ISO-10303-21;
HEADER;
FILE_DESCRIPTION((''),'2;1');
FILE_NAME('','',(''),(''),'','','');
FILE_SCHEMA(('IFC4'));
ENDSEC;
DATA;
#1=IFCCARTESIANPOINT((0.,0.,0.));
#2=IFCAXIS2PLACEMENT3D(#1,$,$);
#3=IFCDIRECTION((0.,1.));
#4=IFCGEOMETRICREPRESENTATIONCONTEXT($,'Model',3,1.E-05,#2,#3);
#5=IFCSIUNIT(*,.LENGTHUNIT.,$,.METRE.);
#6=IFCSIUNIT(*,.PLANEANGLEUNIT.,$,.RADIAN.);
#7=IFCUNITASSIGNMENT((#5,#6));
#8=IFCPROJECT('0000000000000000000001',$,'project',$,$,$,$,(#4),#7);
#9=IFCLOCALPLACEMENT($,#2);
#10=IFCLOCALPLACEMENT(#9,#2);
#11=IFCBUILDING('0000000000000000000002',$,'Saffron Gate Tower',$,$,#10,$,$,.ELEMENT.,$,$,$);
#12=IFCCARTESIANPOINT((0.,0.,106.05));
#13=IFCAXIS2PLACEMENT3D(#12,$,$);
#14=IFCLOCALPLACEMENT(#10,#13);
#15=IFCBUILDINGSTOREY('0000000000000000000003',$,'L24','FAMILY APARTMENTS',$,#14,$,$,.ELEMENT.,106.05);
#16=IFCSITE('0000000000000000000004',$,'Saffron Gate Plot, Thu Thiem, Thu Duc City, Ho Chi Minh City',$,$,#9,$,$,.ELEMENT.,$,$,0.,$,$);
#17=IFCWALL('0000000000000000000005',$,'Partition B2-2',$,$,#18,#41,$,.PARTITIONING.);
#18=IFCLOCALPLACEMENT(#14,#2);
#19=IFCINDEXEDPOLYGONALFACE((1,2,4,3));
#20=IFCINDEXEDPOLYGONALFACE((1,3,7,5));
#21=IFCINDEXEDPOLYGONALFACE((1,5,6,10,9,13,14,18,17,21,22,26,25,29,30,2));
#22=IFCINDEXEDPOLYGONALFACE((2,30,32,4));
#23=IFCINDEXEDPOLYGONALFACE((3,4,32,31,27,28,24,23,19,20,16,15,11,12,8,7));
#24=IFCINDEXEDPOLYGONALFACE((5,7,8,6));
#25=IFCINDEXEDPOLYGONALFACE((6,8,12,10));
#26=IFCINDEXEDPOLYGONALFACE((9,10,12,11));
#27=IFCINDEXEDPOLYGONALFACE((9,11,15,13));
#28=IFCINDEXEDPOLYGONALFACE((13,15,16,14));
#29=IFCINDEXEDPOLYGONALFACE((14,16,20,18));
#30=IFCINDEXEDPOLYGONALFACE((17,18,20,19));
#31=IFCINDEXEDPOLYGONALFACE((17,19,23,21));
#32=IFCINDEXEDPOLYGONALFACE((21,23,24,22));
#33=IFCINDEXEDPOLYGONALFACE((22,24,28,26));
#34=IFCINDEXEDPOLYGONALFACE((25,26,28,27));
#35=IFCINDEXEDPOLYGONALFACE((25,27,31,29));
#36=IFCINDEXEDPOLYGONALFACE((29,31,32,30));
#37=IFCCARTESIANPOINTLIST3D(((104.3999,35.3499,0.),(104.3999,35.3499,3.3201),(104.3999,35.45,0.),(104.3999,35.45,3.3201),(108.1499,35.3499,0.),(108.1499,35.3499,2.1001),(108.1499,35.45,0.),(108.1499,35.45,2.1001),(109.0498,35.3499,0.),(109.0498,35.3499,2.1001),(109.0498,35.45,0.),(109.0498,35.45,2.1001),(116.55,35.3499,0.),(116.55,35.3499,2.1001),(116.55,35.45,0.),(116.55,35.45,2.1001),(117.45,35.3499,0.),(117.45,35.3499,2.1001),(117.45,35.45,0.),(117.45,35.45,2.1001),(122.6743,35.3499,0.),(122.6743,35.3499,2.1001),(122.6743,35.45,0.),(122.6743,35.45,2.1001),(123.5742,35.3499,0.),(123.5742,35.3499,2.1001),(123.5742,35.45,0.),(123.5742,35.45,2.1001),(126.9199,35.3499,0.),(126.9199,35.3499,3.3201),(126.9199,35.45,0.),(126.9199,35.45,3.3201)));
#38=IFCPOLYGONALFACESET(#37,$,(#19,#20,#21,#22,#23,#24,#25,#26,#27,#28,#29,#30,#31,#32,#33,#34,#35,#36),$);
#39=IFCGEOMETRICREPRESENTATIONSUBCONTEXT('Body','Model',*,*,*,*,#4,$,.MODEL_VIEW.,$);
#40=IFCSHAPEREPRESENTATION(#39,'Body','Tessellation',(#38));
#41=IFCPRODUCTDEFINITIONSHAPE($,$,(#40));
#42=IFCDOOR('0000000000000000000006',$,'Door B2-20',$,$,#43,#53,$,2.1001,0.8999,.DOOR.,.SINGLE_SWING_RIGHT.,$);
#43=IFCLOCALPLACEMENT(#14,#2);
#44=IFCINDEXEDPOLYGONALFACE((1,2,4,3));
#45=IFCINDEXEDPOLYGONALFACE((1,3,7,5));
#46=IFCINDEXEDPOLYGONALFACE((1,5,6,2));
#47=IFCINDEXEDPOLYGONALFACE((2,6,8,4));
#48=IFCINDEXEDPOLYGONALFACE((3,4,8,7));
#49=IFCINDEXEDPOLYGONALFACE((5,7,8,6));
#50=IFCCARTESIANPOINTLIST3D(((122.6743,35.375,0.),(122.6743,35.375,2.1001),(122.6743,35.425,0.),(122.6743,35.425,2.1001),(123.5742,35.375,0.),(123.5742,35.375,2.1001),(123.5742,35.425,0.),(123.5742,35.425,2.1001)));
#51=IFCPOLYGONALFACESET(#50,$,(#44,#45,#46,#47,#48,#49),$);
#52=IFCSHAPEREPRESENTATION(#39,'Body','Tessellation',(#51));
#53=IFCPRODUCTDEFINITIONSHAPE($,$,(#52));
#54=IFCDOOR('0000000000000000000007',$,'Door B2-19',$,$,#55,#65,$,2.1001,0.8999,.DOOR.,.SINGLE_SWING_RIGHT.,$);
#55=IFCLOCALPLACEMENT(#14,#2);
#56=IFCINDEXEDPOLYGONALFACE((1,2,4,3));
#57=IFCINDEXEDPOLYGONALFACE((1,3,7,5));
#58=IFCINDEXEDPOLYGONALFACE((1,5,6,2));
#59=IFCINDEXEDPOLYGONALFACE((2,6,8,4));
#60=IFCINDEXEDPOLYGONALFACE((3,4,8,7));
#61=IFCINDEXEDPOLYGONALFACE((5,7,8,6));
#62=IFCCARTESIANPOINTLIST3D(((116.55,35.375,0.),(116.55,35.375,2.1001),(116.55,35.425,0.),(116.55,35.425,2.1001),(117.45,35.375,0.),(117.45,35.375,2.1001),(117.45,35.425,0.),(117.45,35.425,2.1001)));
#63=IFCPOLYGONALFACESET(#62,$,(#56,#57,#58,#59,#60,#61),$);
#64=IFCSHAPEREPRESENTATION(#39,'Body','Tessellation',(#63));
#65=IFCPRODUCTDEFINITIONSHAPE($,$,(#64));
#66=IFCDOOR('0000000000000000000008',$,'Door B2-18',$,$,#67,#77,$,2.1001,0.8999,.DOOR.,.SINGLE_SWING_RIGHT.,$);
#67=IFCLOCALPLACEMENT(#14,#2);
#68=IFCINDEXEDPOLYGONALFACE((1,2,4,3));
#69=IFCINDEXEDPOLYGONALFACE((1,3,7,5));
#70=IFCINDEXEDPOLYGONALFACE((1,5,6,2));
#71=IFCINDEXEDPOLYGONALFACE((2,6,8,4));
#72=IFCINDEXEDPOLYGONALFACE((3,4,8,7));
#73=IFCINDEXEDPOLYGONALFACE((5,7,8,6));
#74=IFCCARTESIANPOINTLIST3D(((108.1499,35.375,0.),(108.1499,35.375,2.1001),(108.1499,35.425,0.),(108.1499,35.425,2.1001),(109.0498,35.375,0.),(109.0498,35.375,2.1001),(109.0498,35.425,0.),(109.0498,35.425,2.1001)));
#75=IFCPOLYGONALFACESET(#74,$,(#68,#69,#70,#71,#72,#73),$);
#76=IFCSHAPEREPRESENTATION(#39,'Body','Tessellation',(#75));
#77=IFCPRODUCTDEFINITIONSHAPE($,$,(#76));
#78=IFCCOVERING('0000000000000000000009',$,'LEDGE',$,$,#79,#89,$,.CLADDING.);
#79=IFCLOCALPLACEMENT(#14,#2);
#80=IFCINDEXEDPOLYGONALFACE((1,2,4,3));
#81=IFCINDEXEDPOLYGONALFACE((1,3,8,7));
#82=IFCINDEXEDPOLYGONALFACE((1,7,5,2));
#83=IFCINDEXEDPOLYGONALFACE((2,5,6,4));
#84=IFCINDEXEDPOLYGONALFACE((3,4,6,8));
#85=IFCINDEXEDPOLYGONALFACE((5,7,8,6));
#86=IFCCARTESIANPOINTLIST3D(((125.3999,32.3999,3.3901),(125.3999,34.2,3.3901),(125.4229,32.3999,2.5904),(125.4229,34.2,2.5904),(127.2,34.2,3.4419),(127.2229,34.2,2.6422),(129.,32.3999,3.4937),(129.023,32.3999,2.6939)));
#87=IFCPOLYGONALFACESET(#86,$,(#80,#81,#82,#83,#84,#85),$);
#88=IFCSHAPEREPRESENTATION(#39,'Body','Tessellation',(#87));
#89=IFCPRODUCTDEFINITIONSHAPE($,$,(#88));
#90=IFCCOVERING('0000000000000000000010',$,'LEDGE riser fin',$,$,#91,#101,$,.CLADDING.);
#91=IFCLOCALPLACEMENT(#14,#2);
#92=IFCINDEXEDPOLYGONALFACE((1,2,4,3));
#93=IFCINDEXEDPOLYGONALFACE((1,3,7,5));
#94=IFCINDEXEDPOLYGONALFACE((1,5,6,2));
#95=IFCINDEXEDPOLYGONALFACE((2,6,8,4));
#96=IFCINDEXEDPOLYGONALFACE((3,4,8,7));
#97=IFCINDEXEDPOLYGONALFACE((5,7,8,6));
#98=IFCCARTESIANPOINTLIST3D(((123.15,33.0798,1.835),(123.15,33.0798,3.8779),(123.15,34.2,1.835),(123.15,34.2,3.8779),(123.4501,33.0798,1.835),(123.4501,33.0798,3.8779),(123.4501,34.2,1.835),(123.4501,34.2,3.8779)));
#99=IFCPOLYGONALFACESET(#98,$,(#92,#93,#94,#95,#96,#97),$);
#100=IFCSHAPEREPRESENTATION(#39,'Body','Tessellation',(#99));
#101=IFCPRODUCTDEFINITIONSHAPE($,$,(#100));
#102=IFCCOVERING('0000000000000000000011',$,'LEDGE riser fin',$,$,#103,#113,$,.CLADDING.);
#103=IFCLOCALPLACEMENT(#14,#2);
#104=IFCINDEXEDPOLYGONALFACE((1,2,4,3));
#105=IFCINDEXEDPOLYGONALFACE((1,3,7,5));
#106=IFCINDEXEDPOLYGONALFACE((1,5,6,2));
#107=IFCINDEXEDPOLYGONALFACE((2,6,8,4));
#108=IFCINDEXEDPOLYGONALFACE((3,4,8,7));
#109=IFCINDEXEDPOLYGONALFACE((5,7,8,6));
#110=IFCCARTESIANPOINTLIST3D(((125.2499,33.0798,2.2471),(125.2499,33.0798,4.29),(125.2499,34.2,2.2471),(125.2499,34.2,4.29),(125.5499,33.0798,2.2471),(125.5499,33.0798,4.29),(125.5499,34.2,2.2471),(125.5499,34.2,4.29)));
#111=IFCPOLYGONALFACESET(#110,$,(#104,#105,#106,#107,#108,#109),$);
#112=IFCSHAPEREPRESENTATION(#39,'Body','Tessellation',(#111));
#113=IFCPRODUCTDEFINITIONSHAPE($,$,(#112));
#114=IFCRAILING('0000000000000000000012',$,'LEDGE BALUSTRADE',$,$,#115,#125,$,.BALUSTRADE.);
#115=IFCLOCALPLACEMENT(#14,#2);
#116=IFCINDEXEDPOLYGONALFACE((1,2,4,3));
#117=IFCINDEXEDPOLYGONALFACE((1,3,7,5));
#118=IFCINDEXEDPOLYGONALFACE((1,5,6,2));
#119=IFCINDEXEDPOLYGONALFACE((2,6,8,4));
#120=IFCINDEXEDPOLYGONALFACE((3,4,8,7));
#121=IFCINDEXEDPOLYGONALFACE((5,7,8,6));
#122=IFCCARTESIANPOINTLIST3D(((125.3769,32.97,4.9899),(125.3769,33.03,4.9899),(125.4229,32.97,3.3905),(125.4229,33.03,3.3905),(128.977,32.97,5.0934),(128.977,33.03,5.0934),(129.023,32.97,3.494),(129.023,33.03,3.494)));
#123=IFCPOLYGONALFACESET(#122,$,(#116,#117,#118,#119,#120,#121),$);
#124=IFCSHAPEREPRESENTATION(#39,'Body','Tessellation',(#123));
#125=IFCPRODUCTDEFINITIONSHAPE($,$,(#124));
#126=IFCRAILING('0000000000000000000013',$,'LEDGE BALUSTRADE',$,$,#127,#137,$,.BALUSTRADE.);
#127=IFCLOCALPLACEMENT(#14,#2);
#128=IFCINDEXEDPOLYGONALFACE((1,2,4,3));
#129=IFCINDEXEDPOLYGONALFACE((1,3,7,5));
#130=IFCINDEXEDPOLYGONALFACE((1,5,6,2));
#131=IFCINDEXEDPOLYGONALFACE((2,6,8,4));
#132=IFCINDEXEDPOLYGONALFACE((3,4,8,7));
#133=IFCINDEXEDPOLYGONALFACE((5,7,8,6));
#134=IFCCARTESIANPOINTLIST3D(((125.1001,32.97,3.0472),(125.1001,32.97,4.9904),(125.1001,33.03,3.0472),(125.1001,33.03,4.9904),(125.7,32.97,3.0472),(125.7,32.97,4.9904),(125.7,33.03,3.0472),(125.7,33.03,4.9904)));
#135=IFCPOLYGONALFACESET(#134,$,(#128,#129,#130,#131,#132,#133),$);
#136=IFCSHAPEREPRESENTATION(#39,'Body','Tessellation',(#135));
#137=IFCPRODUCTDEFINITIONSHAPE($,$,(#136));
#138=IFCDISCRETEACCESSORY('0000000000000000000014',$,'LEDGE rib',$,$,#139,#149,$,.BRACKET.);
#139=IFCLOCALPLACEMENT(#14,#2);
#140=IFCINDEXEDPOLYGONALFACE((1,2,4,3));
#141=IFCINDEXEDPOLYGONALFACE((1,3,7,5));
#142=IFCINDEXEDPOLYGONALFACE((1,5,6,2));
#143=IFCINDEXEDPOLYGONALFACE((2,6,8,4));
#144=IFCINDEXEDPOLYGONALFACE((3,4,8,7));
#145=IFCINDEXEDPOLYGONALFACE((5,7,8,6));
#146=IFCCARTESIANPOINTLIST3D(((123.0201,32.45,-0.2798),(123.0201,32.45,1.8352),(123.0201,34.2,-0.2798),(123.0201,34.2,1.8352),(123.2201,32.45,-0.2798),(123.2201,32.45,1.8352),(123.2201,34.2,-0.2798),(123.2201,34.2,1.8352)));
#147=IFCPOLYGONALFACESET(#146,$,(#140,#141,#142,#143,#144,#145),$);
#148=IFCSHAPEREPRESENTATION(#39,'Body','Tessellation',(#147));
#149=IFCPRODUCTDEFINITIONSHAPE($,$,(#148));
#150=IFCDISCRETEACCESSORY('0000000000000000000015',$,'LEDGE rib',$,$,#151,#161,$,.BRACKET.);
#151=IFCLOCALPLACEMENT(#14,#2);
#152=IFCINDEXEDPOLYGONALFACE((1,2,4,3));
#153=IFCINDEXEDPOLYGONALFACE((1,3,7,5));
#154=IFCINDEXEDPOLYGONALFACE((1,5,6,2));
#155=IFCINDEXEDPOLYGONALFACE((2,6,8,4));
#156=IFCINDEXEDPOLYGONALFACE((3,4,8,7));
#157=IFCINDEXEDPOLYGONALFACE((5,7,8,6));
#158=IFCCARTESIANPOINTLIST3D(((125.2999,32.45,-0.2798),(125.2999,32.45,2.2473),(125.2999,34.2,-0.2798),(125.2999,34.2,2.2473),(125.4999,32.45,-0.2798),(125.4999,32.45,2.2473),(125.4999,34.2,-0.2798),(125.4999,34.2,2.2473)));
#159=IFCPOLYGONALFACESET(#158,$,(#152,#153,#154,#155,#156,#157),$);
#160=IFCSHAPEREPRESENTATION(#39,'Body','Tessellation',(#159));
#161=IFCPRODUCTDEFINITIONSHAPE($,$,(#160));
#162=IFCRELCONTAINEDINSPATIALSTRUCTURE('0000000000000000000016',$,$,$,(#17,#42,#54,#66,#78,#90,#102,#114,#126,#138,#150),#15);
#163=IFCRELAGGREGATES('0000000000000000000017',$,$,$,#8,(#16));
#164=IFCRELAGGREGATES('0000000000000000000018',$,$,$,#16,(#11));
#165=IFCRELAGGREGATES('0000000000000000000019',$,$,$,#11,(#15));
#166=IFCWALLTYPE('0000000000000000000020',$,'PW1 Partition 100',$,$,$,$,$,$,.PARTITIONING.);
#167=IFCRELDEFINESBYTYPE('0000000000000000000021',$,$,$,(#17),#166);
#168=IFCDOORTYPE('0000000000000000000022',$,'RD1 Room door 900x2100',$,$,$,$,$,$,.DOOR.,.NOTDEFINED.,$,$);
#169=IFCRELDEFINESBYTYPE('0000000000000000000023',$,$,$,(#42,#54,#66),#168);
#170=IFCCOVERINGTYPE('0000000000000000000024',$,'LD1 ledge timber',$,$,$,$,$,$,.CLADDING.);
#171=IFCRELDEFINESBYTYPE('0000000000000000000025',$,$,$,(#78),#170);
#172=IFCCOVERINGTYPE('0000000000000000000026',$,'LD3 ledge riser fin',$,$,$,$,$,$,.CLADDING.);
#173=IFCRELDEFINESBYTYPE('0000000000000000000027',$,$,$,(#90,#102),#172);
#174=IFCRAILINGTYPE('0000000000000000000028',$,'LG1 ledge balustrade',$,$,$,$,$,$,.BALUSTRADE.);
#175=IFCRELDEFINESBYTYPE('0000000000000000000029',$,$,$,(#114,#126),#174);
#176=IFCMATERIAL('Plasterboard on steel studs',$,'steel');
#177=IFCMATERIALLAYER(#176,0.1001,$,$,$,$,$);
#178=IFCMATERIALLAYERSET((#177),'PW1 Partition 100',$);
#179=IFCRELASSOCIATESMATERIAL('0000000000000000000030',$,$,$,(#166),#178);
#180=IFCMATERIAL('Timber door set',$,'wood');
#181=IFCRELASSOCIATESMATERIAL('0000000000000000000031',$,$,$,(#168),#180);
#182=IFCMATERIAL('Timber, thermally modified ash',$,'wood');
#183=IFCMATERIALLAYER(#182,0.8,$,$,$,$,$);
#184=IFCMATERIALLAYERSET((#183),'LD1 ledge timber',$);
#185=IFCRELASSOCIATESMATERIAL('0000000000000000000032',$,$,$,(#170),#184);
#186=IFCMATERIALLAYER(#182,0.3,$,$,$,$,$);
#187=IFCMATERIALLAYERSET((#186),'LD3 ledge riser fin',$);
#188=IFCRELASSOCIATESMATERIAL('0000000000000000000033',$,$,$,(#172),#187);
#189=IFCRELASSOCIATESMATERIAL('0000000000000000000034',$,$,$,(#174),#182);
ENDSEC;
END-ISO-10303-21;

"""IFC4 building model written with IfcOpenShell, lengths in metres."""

from ifc_helpers import new_model, si_unit, direction, frame, frame_2d, origin, origin_2d, place, context, subcontext, project, spatial, polyline, rectangle, outline, extrude, material, layer, layer_set, type_object, element, fill, save


model = new_model("IFC4")

# Units and contexts
model_context = context("Model", 3, precision=1e-05, world=origin(), true_north=direction((0.0, 1.0)))
body_context = subcontext(model_context, "Body", "Model", "MODEL_VIEW")
ifc_project = project(units=[si_unit("LENGTHUNIT", "METRE"), si_unit("PLANEANGLEUNIT", "RADIAN")], contexts=[model_context])

# Site, building, storey
site_placement = place(None, origin())
site = spatial("IfcSite", under=ifc_project, at=site_placement, Name="Saffron Gate Plot, Thu Thiem, Thu Duc City, Ho Chi Minh City", CompositionType="ELEMENT", RefElevation=0.0)
building_placement = place(site_placement, origin())
building = spatial("IfcBuilding", under=site, at=building_placement, Name="Saffron Gate Tower", CompositionType="ELEMENT")
storey_placement = place(building_placement, frame((0.0, 0.0, 106.05)))
storey = spatial("IfcBuildingStorey", under=building, at=storey_placement, Name="L24", Description="FAMILY APARTMENTS", CompositionType="ELEMENT", Elevation=106.05)

# Wall, openings, doors
ifc_material_1 = material(Name="Plasterboard on steel studs", Category="steel")
ifc_layer_1 = layer(ifc_material_1, 0.1001)
ifc_layer_set_1 = layer_set([ifc_layer_1], Name="PW1 Partition 100")
wall_type = type_object("IfcWallType", Name="PW1 Partition 100", PredefinedType="PARTITIONING", material=ifc_layer_set_1)
wall_placement = place(storey_placement, frame((126.9199, 35.3999, 0.0), z_axis=(0.0, 0.0, 1.0), x_axis=(-1.0, 0.0, 0.0)))
wall = element("IfcWall", 1, at=wall_placement, inside=storey, type_object=wall_type, Name="Partition B2-2", PredefinedType="PARTITIONING", context=body_context, shape_type="SweptSolid", body=[
    extrude(rectangle(XDim=22.52, YDim=0.1001, at=frame_2d((11.26, 0.0))), origin(), (0.0, 0.0, 1.0), 3.3201),
])
opening_1_placement = place(wall_placement, frame((3.3457, 0.0, 0.0)))
opening_1 = element("IfcOpeningElement", 2, at=opening_1_placement, cuts=wall, PredefinedType="OPENING", context=body_context, shape_type="SweptSolid", body=[
    extrude(rectangle(XDim=0.8999, YDim=2.1001, at=frame_2d((0.45, 1.05))), frame((0.0, 0.0601, 0.0), z_axis=(0.0, -1.0, 0.0), x_axis=(1.0, 0.0, 0.0)), (0.0, 0.0, 1.0), 0.1201),
])
opening_2_placement = place(wall_placement, frame((9.47, 0.0, 0.0)))
opening_2 = element("IfcOpeningElement", 3, at=opening_2_placement, cuts=wall, PredefinedType="OPENING", context=body_context, shape_type="SweptSolid", body=[
    extrude(rectangle(XDim=0.8999, YDim=2.1001, at=frame_2d((0.45, 1.05))), frame((0.0, 0.0601, 0.0), z_axis=(0.0, -1.0, 0.0), x_axis=(1.0, 0.0, 0.0)), (0.0, 0.0, 1.0), 0.1201),
])
opening_3_placement = place(wall_placement, frame((17.8701, 0.0, 0.0)))
opening_3 = element("IfcOpeningElement", 4, at=opening_3_placement, cuts=wall, PredefinedType="OPENING", context=body_context, shape_type="SweptSolid", body=[
    extrude(rectangle(XDim=0.8999, YDim=2.1001, at=frame_2d((0.45, 1.05))), frame((0.0, 0.0601, 0.0), z_axis=(0.0, -1.0, 0.0), x_axis=(1.0, 0.0, 0.0)), (0.0, 0.0, 1.0), 0.1201),
])
ifc_material_2 = material(Name="Timber door set", Category="wood")
door_type = type_object("IfcDoorType", Name="RD1 Room door 900x2100", OperationType="NOTDEFINED", PredefinedType="DOOR", material=ifc_material_2)
door_1_placement = place(opening_1_placement, origin())
door_1 = element("IfcDoor", 5, at=door_1_placement, inside=storey, type_object=door_type, Name="Door B2-20", OperationType="SINGLE_SWING_RIGHT", OverallHeight=2.1001, OverallWidth=0.8999, PredefinedType="DOOR", context=body_context, shape_type="SweptSolid", body=[
    extrude(rectangle(XDim=0.8999, YDim=2.1001, at=frame_2d((0.45, 1.05))), frame((0.0, 0.0249, 0.0), z_axis=(0.0, -1.0, 0.0), x_axis=(1.0, 0.0, 0.0)), (0.0, 0.0, 1.0), 0.05),
])
fill(opening_1, door_1)
door_2_placement = place(opening_2_placement, origin())
door_2 = element("IfcDoor", 6, at=door_2_placement, inside=storey, type_object=door_type, Name="Door B2-19", OperationType="SINGLE_SWING_RIGHT", OverallHeight=2.1001, OverallWidth=0.8999, PredefinedType="DOOR", context=body_context, shape_type="SweptSolid", body=[
    extrude(rectangle(XDim=0.8999, YDim=2.1001, at=frame_2d((0.45, 1.05))), frame((0.0, 0.0249, 0.0), z_axis=(0.0, -1.0, 0.0), x_axis=(1.0, 0.0, 0.0)), (0.0, 0.0, 1.0), 0.05),
])
fill(opening_2, door_2)
door_3_placement = place(opening_3_placement, origin())
door_3 = element("IfcDoor", 7, at=door_3_placement, inside=storey, type_object=door_type, Name="Door B2-18", OperationType="SINGLE_SWING_RIGHT", OverallHeight=2.1001, OverallWidth=0.8999, PredefinedType="DOOR", context=body_context, shape_type="SweptSolid", body=[
    extrude(rectangle(XDim=0.8999, YDim=2.1001, at=frame_2d((0.45, 1.05))), frame((0.0, 0.0249, 0.0), z_axis=(0.0, -1.0, 0.0), x_axis=(1.0, 0.0, 0.0)), (0.0, 0.0, 1.0), 0.05),
])
fill(opening_3, door_3)

# Coverings
ifc_material_3 = material(Name="Timber, thermally modified ash", Category="wood")
ifc_layer_2 = layer(ifc_material_3, 0.8)
ifc_layer_set_2 = layer_set([ifc_layer_2], Name="LD1 ledge timber")
covering_type_1 = type_object("IfcCoveringType", Name="LD1 ledge timber", PredefinedType="CLADDING", material=ifc_layer_set_2)
covering_placement = place(storey_placement, frame((125.3999, 34.2, 3.3901), z_axis=(-0.028742, 0.0, 0.999587), x_axis=(0.999587, 0.0, 0.028742)))
element("IfcCovering", 8, at=covering_placement, inside=storey, type_object=covering_type_1, Name="LEDGE", PredefinedType="CLADDING", context=body_context, shape_type="SweptSolid", body=[
    extrude(outline(polyline([(0.0, 0.0), (1.8008, 0.0), (3.6016, -1.8), (0.0, -1.8), (0.0, 0.0)])), origin(), (0.0, 0.0, -1.0), 0.8),
])
ifc_layer_3 = layer(ifc_material_3, 0.3)
ifc_layer_set_3 = layer_set([ifc_layer_3], Name="LD3 ledge riser fin")
covering_type_2 = type_object("IfcCoveringType", Name="LD3 ledge riser fin", PredefinedType="CLADDING", material=ifc_layer_set_3)
for number, where, z_axis, x_axis, name in (
    (9, (123.3, 33.6399, 1.835), (0.0, 0.0, 1.0), (1.0, 0.0, 0.0), "LEDGE riser fin"),
    (10, (125.3999, 33.6399, 2.2471), (0.0, 0.0, 1.0), (1.0, 0.0, 0.0), "LEDGE riser fin"),
):
    element("IfcCovering", number, at=place(storey_placement, frame(where, z_axis=z_axis, x_axis=x_axis)), inside=storey, type_object=covering_type_2, Name=name, PredefinedType="CLADDING", context=body_context, shape_type="SweptSolid", body=[
        extrude(rectangle(XDim=0.3, YDim=1.1201, at=origin_2d()), origin(), (0.0, 0.0, 1.0), 2.043),
    ])

# Railings
railing_type = type_object("IfcRailingType", Name="LG1 ledge balustrade", PredefinedType="BALUSTRADE", material=ifc_material_3)
railing_1_placement = place(storey_placement, frame((125.3999, 33.0, 3.3901)))
element("IfcRailing", 11, at=railing_1_placement, inside=storey, type_object=railing_type, Name="LEDGE BALUSTRADE", PredefinedType="BALUSTRADE", context=body_context, shape_type="SweptSolid", body=[
    extrude(rectangle(XDim=0.0601, YDim=1.6001, at=origin_2d()), frame((0.0, 0.0, 0.8), z_axis=(0.999587, 0.0, 0.028742), x_axis=(0.0, 1.0, 0.0)), (0.0, 0.0, 1.0), 3.6016),
])
railing_2_placement = place(storey_placement, frame((125.1001, 33.0, 3.0471)))
element("IfcRailing", 12, at=railing_2_placement, inside=storey, type_object=railing_type, Name="LEDGE BALUSTRADE", PredefinedType="BALUSTRADE", context=body_context, shape_type="SweptSolid", body=[
    extrude(rectangle(XDim=0.0601, YDim=1.9431, at=origin_2d()), frame((0.0, 0.0, 0.9717), z_axis=(1.0, 0.0, 0.0), x_axis=(0.0, 1.0, 0.0)), (0.0, 0.0, 1.0), 0.5999),
])

# Discrete accessories
discrete_accessory_1_placement = place(storey_placement, frame((123.1201, 33.325, -0.2798), z_axis=(0.0, 0.0, 1.0), x_axis=(1.0, 0.0, 0.0)))
element("IfcDiscreteAccessory", 13, at=discrete_accessory_1_placement, inside=storey, Name="LEDGE rib", PredefinedType="BRACKET", context=body_context, shape_type="SweptSolid", body=[
    extrude(rectangle(XDim=0.2, YDim=1.75, at=origin_2d()), origin(), (0.0, 0.0, 1.0), 2.115),
])
discrete_accessory_2_placement = place(storey_placement, frame((125.3999, 33.325, -0.2798), z_axis=(0.0, 0.0, 1.0), x_axis=(1.0, 0.0, 0.0)))
element("IfcDiscreteAccessory", 14, at=discrete_accessory_2_placement, inside=storey, Name="LEDGE rib", PredefinedType="BRACKET", context=body_context, shape_type="SweptSolid", body=[
    extrude(rectangle(XDim=0.2, YDim=1.75, at=origin_2d()), origin(), (0.0, 0.0, 1.0), 2.5271),
])

save(model, "model.ifc")
